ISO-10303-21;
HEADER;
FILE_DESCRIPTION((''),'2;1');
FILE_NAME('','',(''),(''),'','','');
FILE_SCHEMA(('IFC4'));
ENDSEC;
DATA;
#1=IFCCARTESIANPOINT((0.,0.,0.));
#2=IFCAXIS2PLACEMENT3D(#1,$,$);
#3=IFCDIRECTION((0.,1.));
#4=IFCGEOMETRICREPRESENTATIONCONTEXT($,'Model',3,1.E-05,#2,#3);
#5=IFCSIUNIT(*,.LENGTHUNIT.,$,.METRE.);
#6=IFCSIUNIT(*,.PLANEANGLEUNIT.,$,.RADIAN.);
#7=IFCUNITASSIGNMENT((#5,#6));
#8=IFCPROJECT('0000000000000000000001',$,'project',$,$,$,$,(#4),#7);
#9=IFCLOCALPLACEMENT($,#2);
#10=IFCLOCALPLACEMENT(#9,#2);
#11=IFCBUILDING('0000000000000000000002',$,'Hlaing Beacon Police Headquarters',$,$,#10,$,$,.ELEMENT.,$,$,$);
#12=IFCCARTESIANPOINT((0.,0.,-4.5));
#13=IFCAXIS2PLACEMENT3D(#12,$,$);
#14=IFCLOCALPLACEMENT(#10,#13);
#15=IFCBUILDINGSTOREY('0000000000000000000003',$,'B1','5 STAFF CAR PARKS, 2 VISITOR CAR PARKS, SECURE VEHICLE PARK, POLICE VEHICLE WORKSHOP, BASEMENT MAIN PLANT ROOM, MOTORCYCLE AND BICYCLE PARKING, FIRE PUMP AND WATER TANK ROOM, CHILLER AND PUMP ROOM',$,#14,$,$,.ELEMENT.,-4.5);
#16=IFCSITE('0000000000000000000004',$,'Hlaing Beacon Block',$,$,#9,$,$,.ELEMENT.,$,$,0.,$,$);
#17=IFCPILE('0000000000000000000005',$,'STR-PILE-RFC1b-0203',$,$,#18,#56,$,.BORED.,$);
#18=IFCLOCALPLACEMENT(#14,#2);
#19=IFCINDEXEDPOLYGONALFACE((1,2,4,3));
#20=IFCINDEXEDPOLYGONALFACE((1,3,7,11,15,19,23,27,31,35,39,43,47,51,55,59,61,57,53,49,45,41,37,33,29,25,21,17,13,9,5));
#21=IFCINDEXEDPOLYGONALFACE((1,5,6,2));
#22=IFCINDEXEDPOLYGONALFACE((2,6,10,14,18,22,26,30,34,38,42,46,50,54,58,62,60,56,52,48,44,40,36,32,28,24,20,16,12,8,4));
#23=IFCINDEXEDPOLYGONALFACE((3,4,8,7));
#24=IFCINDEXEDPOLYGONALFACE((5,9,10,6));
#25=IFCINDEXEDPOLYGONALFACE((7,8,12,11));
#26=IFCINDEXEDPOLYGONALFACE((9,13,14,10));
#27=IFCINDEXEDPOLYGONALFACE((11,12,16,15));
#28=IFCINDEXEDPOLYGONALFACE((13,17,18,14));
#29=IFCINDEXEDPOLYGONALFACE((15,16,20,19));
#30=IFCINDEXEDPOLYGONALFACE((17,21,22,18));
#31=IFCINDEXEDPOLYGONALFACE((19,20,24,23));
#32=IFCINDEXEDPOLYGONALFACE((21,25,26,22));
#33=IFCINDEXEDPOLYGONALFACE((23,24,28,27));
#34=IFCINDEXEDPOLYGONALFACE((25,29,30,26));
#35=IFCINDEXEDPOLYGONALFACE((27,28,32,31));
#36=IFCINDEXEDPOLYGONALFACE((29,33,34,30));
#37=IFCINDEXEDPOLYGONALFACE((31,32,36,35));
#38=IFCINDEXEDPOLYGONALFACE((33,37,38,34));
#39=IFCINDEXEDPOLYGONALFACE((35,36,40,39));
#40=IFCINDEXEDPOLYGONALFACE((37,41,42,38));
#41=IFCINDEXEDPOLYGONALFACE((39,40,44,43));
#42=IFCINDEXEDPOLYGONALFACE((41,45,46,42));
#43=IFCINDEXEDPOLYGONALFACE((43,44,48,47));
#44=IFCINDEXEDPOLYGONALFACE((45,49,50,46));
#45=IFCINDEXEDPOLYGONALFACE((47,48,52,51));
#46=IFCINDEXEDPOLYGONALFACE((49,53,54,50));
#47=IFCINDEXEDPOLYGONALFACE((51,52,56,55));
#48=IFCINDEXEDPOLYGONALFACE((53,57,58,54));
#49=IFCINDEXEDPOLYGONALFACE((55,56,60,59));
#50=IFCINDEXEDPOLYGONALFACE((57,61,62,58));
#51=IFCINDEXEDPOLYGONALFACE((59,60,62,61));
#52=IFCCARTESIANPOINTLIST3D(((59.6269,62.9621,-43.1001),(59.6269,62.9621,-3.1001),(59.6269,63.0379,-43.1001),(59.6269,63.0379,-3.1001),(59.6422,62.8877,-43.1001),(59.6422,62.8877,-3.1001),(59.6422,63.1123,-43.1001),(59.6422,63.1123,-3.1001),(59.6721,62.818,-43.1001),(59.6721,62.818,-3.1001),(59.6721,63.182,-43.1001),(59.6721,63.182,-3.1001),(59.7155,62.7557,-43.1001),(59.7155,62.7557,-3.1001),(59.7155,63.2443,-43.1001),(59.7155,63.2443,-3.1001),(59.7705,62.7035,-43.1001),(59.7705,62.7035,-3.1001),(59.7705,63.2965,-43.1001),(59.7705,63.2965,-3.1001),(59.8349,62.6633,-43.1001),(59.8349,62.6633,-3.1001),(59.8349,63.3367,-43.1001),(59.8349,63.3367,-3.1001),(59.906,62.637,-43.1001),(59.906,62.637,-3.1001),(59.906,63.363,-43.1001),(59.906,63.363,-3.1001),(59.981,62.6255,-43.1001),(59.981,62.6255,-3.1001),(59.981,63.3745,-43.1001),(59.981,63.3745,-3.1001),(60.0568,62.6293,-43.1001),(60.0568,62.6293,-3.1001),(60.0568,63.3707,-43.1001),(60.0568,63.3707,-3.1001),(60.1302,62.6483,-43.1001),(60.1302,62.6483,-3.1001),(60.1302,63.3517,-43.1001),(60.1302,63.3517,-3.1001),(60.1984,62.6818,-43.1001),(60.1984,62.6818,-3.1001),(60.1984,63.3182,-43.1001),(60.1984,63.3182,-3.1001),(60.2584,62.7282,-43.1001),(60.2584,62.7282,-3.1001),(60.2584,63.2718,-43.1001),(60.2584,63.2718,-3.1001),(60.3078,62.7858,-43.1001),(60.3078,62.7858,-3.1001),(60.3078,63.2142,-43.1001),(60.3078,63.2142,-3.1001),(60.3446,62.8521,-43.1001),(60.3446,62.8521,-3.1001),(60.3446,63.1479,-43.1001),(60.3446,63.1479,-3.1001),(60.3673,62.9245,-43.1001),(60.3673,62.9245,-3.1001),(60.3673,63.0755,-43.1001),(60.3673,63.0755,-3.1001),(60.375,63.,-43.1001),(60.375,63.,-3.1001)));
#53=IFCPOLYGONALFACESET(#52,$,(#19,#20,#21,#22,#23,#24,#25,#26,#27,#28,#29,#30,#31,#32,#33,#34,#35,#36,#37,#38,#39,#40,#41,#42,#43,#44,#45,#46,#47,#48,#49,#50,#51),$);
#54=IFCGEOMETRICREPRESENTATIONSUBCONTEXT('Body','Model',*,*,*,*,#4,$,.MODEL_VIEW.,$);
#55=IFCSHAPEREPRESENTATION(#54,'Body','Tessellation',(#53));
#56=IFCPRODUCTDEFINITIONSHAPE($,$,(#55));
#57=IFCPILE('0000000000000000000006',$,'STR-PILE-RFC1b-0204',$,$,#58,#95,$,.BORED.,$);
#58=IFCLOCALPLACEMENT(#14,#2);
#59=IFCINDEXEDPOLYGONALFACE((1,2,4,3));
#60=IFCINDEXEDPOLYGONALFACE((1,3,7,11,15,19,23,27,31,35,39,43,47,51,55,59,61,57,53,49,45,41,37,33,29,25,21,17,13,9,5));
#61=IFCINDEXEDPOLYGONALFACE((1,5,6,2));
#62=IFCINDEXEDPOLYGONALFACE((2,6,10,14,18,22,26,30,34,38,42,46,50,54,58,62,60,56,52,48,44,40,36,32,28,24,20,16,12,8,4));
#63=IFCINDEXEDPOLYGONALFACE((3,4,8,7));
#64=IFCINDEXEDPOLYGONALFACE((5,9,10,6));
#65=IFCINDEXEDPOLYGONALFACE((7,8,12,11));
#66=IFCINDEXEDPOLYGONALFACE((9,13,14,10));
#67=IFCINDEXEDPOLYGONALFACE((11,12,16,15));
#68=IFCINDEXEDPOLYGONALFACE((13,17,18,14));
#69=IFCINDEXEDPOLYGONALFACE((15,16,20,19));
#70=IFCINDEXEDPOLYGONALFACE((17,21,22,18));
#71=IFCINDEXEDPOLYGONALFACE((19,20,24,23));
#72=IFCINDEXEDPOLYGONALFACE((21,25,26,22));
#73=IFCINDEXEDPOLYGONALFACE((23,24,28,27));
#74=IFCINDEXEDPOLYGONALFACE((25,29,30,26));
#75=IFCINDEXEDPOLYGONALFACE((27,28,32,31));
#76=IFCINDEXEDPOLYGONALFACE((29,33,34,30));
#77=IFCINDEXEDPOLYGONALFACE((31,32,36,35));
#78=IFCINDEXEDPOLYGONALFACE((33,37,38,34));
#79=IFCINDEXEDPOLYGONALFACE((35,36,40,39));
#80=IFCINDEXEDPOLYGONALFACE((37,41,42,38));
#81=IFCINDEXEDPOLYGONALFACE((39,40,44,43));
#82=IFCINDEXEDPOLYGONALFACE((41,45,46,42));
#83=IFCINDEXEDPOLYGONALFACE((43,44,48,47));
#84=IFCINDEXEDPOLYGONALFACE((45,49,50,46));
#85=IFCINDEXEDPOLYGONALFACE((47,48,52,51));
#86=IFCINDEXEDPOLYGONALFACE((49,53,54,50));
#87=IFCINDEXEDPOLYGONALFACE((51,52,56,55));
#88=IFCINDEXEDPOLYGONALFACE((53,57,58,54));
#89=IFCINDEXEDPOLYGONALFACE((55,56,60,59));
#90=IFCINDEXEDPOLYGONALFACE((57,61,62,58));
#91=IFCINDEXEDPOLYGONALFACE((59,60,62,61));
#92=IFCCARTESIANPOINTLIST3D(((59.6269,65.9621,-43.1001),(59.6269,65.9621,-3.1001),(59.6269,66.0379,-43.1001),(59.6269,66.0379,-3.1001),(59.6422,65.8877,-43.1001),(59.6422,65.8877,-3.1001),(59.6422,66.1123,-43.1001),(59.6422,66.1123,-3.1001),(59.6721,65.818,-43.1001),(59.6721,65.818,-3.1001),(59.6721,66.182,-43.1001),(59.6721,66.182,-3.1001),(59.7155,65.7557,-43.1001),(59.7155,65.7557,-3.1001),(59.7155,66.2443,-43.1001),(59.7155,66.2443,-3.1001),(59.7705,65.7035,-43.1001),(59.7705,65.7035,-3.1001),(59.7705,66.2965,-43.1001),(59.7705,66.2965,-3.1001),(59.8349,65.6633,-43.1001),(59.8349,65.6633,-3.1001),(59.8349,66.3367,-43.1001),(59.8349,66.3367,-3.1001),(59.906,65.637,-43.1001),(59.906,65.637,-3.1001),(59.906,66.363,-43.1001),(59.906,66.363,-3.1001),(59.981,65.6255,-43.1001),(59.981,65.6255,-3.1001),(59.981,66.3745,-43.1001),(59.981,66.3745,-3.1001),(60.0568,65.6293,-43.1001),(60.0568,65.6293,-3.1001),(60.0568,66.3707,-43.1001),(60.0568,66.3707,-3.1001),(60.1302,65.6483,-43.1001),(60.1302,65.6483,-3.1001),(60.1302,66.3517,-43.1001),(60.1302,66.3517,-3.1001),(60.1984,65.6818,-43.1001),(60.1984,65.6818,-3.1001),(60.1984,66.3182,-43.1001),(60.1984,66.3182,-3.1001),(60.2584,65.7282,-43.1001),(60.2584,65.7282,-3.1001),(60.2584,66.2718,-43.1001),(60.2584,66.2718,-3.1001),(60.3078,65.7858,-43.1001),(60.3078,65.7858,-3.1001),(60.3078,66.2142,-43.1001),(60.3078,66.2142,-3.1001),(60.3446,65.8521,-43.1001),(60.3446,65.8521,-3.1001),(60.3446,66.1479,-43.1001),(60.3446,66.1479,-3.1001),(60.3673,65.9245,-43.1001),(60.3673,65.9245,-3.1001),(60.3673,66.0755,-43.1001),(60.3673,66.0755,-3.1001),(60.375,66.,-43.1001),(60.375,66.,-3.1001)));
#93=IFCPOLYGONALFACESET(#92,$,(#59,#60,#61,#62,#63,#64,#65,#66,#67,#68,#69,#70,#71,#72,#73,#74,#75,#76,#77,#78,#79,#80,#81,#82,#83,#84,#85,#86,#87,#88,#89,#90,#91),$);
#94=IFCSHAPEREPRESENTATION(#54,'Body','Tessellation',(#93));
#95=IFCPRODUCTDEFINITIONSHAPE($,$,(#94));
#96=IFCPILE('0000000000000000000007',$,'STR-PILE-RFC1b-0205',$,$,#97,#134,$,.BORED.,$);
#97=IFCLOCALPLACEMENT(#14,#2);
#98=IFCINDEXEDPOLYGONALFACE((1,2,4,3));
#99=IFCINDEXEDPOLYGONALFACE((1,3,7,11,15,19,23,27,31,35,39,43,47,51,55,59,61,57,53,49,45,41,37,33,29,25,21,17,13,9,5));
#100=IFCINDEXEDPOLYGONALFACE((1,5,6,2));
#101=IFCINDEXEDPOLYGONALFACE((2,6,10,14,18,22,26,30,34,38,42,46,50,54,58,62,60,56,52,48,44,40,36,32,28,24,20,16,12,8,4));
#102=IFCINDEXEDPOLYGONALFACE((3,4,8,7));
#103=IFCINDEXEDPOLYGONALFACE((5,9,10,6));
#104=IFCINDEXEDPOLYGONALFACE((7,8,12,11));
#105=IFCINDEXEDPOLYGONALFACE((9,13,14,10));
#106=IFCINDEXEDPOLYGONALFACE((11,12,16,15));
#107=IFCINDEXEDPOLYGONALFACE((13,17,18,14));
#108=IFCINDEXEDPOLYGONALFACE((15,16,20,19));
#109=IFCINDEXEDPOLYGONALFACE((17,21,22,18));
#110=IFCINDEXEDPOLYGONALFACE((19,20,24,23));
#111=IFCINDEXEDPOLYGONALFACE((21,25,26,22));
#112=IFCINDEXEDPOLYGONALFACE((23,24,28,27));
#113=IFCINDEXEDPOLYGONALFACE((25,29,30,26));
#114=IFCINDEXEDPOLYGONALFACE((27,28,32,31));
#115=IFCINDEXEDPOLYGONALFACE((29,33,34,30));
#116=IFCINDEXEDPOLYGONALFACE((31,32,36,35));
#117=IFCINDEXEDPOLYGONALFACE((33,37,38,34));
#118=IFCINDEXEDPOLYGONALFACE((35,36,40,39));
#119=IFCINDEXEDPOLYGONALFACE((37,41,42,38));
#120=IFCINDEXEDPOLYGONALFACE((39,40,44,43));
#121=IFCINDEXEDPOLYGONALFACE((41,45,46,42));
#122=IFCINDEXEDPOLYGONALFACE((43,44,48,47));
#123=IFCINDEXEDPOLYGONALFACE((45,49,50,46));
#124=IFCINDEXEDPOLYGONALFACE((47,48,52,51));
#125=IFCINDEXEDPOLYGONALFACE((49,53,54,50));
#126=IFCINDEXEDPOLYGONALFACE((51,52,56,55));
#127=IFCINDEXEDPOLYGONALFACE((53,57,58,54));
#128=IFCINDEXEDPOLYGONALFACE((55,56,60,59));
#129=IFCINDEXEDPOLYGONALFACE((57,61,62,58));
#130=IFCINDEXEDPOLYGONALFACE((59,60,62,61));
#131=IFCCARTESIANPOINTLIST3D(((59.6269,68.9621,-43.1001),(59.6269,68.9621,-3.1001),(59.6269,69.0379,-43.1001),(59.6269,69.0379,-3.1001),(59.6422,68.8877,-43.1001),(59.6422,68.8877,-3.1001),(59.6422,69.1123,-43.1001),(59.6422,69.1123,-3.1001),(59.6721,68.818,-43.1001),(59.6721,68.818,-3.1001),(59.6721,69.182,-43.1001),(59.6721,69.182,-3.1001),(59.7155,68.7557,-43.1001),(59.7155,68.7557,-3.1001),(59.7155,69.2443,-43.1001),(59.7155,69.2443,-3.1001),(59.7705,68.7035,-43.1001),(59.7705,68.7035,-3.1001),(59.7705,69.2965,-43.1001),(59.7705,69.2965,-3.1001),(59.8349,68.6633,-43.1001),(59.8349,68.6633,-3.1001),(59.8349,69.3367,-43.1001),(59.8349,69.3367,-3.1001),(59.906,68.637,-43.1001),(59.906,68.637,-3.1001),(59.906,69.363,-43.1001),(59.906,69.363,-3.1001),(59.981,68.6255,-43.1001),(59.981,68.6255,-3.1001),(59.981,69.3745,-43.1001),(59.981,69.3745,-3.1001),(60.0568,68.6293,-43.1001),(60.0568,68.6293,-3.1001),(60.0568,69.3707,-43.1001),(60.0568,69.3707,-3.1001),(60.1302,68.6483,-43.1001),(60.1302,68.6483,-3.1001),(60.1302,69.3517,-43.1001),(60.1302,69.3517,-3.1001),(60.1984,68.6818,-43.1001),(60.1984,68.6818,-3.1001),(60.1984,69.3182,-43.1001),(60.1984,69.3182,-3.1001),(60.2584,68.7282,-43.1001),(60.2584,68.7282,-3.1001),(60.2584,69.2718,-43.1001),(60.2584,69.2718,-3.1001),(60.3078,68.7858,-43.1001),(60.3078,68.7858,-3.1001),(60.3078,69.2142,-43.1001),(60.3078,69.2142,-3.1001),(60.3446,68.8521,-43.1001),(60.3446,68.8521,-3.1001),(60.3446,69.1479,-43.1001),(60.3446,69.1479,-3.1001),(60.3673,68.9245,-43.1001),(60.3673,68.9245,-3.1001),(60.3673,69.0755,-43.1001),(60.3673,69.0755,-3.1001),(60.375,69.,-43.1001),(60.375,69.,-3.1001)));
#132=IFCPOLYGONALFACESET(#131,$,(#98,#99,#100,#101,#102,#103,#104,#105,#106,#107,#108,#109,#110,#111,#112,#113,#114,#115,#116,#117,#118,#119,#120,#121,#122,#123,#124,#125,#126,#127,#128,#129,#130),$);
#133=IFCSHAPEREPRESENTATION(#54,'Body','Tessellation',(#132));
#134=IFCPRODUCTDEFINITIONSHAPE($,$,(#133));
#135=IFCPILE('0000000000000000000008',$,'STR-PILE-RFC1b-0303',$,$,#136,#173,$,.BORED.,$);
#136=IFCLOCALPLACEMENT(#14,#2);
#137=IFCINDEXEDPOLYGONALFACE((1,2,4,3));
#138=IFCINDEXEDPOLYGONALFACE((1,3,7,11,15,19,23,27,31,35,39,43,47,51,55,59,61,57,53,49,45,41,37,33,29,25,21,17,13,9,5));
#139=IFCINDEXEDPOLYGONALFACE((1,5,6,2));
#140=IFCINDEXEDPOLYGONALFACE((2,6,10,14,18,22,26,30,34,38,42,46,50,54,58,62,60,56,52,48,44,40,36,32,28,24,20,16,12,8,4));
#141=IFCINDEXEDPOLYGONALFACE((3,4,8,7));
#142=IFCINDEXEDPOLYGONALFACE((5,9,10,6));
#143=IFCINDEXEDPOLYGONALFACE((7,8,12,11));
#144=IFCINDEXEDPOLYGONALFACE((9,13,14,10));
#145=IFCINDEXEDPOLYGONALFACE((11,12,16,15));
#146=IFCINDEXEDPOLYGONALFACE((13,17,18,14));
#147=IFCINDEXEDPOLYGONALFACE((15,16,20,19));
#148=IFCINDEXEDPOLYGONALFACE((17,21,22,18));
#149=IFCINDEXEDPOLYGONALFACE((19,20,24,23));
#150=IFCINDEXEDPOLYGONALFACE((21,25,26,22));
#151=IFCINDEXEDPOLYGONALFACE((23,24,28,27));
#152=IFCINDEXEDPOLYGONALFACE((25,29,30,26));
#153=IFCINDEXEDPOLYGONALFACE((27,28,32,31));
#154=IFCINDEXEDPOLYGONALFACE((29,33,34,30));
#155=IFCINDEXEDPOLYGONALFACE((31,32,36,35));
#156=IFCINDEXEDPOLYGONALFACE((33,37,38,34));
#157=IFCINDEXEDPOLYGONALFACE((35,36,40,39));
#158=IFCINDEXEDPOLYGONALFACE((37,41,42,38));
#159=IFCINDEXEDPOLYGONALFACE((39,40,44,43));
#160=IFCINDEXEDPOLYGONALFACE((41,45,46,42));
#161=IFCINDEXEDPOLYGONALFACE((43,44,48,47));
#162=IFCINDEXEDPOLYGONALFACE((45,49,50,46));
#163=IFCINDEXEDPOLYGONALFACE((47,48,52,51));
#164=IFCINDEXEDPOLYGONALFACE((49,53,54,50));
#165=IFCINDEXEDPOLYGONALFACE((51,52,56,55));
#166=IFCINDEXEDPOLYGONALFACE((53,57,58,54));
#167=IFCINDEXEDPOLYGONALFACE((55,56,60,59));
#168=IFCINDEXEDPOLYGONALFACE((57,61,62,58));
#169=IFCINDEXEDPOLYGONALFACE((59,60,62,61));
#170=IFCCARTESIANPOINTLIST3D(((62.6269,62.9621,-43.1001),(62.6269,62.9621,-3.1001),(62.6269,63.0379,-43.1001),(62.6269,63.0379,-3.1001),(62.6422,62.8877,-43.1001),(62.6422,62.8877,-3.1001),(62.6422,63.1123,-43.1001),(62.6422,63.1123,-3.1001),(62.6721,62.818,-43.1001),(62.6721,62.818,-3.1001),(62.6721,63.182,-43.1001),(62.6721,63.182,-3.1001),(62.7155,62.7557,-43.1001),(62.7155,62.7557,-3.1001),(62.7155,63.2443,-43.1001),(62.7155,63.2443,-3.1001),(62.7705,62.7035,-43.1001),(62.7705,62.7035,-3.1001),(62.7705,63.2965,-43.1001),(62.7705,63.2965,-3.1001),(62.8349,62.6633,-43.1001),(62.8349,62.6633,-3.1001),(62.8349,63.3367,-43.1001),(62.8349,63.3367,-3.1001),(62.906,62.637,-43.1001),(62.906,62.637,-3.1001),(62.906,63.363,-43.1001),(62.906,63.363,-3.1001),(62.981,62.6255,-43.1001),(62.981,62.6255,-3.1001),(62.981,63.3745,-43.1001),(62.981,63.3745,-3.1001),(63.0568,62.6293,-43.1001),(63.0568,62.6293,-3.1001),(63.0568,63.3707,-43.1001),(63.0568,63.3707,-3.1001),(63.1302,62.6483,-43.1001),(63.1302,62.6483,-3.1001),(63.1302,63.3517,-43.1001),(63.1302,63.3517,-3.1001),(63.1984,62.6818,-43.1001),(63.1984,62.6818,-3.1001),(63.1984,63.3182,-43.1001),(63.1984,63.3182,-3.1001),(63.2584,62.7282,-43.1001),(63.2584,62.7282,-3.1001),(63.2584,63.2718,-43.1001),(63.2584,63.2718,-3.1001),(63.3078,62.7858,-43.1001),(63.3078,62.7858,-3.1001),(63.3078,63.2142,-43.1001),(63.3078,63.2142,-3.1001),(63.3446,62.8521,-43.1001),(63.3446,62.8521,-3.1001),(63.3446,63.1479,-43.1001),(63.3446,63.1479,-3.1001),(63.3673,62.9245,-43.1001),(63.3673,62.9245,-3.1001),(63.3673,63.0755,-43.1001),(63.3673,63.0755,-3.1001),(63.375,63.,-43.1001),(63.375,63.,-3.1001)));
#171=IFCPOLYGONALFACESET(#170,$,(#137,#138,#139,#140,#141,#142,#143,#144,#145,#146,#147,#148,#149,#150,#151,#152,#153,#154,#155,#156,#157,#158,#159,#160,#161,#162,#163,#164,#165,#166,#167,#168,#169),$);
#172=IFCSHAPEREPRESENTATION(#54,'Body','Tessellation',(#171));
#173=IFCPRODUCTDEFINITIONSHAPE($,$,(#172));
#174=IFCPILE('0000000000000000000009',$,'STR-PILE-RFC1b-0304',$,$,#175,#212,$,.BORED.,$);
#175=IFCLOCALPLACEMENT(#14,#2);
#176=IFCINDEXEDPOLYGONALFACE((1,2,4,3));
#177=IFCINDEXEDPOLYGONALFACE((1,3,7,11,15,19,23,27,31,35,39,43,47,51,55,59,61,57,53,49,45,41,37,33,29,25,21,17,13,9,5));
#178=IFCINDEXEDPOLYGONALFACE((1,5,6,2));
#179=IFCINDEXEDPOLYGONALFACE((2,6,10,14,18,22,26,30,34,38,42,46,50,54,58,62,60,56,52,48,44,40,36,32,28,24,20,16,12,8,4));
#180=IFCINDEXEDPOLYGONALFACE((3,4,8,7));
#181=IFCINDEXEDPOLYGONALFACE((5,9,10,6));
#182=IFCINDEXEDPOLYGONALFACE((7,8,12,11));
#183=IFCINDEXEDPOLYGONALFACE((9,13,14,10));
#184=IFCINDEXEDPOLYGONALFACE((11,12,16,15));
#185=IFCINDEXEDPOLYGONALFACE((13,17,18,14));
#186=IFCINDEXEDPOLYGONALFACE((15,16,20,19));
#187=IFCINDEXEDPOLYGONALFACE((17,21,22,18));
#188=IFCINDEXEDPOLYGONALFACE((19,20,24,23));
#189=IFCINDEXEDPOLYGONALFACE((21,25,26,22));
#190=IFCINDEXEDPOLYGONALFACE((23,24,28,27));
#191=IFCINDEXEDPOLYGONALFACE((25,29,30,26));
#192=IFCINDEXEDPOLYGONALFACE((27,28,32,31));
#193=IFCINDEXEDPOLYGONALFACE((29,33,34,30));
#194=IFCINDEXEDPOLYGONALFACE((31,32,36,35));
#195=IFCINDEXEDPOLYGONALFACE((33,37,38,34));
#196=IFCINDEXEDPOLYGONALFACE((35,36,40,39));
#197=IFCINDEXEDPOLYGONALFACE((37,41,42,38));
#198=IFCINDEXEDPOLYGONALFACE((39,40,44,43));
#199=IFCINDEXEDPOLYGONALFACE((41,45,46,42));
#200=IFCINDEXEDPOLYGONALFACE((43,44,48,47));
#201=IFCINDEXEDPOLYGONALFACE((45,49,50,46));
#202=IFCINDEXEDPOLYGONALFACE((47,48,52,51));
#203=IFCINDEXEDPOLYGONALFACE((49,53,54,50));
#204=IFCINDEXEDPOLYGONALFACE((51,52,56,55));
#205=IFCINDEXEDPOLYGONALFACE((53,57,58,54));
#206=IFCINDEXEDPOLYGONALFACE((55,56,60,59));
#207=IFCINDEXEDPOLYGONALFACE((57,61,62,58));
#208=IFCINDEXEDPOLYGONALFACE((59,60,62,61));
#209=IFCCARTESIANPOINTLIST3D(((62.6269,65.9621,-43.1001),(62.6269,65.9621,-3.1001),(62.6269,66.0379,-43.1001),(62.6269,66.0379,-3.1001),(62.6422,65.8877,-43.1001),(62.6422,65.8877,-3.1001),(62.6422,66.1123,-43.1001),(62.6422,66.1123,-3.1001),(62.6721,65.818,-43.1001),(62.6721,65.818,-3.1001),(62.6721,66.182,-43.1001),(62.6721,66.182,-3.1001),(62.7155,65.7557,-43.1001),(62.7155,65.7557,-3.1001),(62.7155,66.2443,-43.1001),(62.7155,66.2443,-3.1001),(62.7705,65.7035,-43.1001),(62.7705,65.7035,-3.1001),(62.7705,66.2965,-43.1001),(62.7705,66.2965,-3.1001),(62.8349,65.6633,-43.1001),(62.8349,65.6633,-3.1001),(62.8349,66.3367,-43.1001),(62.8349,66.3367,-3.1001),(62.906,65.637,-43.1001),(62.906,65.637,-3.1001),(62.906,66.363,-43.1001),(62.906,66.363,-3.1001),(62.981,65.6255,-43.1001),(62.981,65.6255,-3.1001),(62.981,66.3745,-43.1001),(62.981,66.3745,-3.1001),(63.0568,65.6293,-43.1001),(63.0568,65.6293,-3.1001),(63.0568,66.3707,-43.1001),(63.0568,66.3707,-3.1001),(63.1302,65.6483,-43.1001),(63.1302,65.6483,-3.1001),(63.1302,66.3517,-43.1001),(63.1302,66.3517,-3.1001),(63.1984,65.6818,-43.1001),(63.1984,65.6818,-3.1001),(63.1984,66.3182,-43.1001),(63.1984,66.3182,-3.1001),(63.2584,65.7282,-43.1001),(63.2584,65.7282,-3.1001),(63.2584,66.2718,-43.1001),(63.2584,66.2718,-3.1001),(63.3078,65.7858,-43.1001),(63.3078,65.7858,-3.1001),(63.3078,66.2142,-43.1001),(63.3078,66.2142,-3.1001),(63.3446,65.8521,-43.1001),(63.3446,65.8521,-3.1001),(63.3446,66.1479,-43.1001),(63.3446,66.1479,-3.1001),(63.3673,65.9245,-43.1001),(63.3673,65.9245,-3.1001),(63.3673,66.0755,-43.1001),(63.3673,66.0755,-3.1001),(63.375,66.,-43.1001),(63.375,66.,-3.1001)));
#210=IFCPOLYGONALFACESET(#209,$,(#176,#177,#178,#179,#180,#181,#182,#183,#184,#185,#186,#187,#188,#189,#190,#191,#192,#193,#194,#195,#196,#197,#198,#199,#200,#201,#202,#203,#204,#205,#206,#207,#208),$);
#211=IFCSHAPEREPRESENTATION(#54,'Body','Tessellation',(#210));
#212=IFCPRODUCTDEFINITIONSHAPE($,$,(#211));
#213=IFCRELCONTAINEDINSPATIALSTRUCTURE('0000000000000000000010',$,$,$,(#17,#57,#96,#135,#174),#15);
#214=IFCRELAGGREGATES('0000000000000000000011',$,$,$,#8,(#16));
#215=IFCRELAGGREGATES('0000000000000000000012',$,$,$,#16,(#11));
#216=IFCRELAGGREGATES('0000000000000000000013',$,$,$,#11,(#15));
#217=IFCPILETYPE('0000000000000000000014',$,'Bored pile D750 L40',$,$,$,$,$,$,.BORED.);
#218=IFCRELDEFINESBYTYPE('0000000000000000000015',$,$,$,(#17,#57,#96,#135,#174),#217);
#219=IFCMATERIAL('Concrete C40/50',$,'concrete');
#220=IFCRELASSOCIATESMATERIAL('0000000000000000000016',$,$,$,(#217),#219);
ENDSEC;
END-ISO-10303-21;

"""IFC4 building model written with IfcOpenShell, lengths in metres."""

from ifc_helpers import new_model, si_unit, direction, frame, origin, origin_2d, place, context, subcontext, project, spatial, circle, extrude, material, material_profile, profile_set, type_object, element, save


model = new_model("IFC4")

# Units and contexts
model_context = context("Model", 3, precision=1e-05, world=origin(), true_north=direction((0.0, 1.0)))
body_context = subcontext(model_context, "Body", "Model", "MODEL_VIEW")
ifc_project = project(units=[si_unit("LENGTHUNIT", "METRE"), si_unit("PLANEANGLEUNIT", "RADIAN")], contexts=[model_context])

# Site, building, storey
site_placement = place(None, origin())
site = spatial("IfcSite", under=ifc_project, at=site_placement, Name="Hlaing Beacon Block", CompositionType="ELEMENT", RefElevation=0.0)
building_placement = place(site_placement, origin())
building = spatial("IfcBuilding", under=site, at=building_placement, Name="Hlaing Beacon Police Headquarters", CompositionType="ELEMENT")
storey_placement = place(building_placement, frame((0.0, 0.0, -4.5)))
storey = spatial("IfcBuildingStorey", under=building, at=storey_placement, Name="B1", Description="5 STAFF CAR PARKS, 2 VISITOR CAR PARKS, SECURE VEHICLE PARK, POLICE VEHICLE WORKSHOP, BASEMENT MAIN PLANT ROOM, MOTORCYCLE AND BICYCLE PARKING, FIRE PUMP AND WATER TANK ROOM, CHILLER AND PUMP ROOM", CompositionType="ELEMENT", Elevation=-4.5)

# Piles
ifc_material_1 = material(Name="Concrete C40/50", Category="concrete")
ifc_material_profile_1 = material_profile(ifc_material_1, circle(Radius=0.375, at=origin_2d()), Name="D750")
ifc_profile_set_1 = profile_set([ifc_material_profile_1], Name="Concrete C40/50")
pile_type_1 = type_object("IfcPileType", Name="Bored pile D750 L40", PredefinedType="BORED", material=ifc_profile_set_1)
for number, where, z_axis, x_axis, name in (
    (1, (60.0, 63.0, -3.1001), (0.0, 0.0, -1.0), (1.0, 0.0, 0.0), "STR-PILE-RFC1b-0203"),
    (2, (60.0, 66.0, -3.1001), (0.0, 0.0, -1.0), (1.0, 0.0, 0.0), "STR-PILE-RFC1b-0204"),
    (3, (60.0, 69.0, -3.1001), (0.0, 0.0, -1.0), (1.0, 0.0, 0.0), "STR-PILE-RFC1b-0205"),
    (4, (63.0, 63.0, -3.1001), (0.0, 0.0, -1.0), (1.0, 0.0, 0.0), "STR-PILE-RFC1b-0303"),
    (5, (63.0, 66.0, -3.1001), (0.0, 0.0, -1.0), (1.0, 0.0, 0.0), "STR-PILE-RFC1b-0304"),
):
    element("IfcPile", number, at=place(storey_placement, frame(where, z_axis=z_axis, x_axis=x_axis)), inside=storey, type_object=pile_type_1, Name=name, PredefinedType="BORED", context=body_context, shape_type="SweptSolid", body=[
        extrude(circle(Radius=0.375, at=origin_2d()), origin(), (0.0, 0.0, 1.0), 40.0),
    ])

save(model, "model.ifc")
